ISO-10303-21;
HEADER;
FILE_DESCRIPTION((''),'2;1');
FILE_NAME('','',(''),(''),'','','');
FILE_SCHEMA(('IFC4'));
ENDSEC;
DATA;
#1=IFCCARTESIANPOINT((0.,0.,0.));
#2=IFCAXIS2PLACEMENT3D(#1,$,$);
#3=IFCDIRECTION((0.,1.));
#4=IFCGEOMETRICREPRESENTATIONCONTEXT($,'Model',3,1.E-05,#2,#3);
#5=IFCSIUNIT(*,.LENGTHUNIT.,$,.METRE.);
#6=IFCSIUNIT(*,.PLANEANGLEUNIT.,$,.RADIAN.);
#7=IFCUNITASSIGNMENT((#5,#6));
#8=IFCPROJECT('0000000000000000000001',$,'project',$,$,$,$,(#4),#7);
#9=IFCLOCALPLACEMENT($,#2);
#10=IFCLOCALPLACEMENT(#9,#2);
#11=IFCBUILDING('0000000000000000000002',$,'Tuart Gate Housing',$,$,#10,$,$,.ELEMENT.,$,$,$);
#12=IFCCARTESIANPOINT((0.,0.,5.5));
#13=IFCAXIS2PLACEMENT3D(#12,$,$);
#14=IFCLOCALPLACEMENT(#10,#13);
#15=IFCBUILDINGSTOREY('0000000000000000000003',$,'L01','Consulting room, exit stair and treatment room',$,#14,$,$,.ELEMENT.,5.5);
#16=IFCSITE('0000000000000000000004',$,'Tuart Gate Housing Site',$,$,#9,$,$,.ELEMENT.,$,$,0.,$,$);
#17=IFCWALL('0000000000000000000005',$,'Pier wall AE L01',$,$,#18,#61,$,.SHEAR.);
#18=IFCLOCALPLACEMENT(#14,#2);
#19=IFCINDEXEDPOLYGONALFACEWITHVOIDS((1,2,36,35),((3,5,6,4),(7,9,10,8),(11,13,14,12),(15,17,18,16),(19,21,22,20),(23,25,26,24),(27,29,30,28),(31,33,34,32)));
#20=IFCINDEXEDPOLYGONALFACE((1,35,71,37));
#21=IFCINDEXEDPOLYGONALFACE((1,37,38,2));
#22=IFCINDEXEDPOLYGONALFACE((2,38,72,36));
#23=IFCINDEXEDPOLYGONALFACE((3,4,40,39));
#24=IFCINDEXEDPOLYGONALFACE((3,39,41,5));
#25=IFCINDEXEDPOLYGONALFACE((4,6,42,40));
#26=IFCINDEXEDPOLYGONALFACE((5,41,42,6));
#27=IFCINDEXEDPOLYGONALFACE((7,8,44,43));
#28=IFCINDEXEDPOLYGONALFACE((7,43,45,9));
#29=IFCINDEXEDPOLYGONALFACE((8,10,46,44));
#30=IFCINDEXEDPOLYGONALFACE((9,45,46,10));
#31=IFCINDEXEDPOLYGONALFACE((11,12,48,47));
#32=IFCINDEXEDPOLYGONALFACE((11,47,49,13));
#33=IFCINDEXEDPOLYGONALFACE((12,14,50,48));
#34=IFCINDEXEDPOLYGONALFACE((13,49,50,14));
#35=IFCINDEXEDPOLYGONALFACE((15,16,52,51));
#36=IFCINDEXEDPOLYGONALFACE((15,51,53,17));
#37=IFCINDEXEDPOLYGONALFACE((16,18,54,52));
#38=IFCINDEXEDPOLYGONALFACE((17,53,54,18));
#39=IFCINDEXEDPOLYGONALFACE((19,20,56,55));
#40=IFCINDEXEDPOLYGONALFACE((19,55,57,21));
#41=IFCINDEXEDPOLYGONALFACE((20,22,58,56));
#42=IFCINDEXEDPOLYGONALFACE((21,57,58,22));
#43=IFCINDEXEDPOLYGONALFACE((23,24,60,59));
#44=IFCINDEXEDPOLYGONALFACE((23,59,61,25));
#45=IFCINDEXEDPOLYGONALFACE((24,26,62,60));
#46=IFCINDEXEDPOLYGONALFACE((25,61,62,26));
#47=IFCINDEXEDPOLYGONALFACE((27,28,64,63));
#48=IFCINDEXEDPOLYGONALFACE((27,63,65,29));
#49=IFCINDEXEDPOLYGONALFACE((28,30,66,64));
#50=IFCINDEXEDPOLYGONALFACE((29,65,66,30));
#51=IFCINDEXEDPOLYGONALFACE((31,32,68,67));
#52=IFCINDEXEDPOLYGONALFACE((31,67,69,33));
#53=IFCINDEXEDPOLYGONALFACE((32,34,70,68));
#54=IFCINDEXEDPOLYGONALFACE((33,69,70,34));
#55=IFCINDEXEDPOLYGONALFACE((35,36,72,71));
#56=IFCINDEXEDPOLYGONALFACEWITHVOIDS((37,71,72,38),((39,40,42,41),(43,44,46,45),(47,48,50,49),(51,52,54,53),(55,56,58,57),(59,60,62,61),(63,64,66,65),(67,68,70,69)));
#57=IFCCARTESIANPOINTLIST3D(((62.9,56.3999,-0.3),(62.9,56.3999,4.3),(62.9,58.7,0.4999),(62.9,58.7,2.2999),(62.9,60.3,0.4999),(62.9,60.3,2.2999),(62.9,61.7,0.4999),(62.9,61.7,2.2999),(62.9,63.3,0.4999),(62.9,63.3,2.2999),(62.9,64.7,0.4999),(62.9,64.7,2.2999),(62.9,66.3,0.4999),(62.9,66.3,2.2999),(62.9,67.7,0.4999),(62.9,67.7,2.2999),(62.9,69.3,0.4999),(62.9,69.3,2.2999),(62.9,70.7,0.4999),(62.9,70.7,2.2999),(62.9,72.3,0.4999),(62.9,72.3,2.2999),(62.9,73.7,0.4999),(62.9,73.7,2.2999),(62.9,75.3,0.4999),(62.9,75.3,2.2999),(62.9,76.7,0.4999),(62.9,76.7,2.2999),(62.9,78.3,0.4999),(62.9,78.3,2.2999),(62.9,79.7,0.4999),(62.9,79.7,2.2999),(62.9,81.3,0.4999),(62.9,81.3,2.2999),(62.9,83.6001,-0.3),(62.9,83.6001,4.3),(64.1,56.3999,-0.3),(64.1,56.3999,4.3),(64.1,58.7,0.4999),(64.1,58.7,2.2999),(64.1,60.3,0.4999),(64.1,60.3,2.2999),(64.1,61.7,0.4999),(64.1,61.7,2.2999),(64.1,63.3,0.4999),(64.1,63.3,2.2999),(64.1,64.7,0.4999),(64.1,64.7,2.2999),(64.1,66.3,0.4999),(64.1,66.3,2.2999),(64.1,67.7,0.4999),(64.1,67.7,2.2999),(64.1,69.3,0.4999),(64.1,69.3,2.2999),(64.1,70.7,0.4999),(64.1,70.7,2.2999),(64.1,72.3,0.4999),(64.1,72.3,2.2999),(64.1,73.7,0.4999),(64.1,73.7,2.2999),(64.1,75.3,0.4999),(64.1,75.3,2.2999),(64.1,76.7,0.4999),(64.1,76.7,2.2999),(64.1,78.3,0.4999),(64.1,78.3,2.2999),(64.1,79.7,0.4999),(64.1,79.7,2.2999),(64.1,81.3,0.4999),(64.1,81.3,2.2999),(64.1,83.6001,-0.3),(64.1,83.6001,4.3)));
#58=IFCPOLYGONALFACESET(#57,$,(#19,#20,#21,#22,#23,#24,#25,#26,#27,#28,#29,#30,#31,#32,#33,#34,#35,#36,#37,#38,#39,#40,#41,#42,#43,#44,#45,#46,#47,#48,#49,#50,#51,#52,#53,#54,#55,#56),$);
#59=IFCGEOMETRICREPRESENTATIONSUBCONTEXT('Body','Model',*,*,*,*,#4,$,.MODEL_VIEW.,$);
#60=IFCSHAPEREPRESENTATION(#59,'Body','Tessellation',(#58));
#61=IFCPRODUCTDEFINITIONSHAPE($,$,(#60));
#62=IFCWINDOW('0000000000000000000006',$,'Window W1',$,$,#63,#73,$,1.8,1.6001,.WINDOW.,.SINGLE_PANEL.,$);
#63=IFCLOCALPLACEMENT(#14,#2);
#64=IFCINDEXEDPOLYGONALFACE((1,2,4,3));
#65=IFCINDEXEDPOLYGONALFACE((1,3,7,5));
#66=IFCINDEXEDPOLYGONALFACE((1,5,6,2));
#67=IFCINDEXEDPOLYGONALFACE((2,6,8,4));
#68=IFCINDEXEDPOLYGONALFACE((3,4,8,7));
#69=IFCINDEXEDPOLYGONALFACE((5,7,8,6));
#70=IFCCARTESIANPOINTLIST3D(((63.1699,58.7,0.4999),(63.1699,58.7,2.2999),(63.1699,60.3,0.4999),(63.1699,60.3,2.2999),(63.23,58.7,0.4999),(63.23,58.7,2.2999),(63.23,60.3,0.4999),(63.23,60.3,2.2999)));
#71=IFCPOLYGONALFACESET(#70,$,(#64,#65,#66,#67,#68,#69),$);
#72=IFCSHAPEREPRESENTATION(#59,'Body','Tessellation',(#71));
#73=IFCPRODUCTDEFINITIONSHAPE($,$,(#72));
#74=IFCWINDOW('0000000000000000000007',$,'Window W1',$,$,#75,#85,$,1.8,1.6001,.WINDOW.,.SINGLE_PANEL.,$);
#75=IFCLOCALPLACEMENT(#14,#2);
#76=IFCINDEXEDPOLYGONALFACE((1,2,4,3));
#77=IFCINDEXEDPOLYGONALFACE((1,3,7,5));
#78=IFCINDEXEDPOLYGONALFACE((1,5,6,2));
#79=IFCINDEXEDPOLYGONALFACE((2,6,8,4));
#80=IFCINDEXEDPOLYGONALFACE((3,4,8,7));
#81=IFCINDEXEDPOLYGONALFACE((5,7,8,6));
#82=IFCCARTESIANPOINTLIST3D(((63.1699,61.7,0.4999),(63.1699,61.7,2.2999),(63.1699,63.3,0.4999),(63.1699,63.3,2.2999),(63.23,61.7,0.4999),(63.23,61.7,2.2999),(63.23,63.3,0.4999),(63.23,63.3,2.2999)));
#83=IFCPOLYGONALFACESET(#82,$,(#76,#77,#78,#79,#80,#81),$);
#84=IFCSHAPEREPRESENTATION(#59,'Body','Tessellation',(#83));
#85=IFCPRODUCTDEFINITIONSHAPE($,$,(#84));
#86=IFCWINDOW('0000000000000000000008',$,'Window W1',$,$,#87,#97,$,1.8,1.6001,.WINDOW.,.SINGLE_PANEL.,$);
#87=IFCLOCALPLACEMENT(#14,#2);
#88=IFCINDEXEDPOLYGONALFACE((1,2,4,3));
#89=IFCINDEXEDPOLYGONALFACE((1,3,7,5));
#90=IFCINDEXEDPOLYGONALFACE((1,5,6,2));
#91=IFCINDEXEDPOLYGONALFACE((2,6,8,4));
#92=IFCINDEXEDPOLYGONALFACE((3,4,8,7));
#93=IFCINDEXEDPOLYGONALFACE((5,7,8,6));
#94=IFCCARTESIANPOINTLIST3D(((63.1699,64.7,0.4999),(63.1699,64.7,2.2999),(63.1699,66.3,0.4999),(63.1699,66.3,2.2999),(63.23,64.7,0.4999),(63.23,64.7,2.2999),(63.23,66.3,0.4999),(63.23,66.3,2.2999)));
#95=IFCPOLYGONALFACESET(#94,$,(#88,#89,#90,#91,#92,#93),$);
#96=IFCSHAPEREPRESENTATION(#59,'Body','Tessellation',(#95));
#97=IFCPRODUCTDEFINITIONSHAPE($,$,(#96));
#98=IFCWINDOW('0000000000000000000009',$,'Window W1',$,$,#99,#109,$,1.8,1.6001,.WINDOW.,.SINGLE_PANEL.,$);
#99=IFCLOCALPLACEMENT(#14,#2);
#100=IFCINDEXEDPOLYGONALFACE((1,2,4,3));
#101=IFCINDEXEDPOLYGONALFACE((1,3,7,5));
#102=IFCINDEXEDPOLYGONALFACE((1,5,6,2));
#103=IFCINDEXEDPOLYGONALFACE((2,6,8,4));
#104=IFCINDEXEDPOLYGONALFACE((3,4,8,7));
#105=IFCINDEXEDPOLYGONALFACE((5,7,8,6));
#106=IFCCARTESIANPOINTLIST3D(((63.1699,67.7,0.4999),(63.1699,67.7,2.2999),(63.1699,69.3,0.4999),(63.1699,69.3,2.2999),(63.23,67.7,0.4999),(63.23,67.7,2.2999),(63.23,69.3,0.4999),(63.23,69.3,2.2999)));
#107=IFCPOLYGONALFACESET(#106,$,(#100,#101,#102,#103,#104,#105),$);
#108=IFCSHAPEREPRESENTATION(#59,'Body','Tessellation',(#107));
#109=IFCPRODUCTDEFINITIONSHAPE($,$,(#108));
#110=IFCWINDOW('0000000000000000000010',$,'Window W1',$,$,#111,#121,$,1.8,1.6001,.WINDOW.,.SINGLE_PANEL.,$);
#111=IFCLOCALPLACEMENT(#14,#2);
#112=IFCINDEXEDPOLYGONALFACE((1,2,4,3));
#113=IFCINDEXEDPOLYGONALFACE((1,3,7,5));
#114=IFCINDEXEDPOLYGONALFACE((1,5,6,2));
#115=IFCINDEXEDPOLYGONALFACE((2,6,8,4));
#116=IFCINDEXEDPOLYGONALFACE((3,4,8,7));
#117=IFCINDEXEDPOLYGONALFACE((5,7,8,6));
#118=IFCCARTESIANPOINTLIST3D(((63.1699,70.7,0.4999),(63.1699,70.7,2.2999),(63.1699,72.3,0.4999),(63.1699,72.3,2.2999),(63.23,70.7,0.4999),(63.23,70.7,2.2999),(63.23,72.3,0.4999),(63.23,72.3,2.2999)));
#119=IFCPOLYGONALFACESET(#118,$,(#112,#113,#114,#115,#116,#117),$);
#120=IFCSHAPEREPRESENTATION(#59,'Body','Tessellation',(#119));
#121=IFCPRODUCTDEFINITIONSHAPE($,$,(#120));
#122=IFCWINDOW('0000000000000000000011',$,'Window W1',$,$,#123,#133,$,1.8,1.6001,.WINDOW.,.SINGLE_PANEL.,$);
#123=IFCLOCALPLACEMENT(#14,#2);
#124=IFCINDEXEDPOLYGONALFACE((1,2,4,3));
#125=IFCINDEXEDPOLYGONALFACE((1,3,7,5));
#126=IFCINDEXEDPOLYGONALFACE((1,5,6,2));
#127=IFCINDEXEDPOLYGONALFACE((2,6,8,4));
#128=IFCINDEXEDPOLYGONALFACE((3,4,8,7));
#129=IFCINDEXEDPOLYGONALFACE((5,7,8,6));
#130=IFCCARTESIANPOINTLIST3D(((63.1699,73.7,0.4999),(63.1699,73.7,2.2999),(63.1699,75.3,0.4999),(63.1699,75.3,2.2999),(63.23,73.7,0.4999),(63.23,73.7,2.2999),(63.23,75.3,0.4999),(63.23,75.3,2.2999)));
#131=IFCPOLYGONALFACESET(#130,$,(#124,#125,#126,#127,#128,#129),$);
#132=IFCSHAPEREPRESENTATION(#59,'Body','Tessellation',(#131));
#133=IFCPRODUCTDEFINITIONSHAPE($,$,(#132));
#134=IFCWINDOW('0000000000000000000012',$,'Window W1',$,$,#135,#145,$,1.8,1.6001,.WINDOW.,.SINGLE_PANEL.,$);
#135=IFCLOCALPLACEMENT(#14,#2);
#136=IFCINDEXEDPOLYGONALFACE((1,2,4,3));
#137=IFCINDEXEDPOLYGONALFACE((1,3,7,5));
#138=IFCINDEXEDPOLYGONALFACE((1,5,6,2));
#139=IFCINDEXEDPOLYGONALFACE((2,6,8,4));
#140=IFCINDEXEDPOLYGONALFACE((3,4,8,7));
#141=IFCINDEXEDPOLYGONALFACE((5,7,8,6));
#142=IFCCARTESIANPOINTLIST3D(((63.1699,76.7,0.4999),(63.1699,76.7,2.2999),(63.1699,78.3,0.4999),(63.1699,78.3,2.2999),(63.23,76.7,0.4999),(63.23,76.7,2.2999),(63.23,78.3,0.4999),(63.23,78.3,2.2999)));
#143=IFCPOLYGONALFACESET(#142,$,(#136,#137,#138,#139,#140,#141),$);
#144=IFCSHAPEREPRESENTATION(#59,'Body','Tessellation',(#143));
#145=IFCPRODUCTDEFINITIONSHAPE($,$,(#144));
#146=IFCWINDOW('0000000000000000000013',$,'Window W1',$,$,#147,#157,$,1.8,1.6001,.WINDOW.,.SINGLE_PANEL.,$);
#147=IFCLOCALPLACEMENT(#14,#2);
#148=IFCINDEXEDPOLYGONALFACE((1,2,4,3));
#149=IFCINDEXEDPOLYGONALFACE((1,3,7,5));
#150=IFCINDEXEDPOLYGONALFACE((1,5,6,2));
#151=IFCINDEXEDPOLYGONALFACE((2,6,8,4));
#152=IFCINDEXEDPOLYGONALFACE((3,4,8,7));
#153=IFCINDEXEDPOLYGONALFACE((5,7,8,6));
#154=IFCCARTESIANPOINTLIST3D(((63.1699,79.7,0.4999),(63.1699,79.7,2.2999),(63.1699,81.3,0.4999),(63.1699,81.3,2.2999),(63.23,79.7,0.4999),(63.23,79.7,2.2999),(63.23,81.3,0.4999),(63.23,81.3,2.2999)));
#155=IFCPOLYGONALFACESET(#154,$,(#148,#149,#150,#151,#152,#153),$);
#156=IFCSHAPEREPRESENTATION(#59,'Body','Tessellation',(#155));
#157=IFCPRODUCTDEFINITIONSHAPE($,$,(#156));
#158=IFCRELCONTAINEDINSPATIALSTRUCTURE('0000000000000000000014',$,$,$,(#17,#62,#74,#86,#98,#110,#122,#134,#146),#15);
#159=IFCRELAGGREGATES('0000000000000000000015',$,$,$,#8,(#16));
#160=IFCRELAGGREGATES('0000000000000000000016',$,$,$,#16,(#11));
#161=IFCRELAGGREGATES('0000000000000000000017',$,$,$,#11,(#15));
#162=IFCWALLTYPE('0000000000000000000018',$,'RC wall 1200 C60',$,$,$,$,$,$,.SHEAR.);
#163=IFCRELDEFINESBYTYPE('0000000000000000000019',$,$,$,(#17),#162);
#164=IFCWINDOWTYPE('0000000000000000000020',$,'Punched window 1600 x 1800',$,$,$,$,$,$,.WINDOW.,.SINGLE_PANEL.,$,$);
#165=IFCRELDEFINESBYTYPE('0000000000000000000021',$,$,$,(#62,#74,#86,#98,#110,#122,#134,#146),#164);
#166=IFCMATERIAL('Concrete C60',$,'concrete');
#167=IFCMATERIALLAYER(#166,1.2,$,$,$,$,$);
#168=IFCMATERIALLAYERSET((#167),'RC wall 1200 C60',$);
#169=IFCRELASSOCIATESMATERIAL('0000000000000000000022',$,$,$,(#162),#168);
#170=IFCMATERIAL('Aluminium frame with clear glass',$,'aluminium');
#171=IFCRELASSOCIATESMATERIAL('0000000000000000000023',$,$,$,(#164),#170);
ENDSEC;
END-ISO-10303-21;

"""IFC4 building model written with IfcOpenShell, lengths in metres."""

from ifc_helpers import new_model, si_unit, direction, frame, frame_2d, origin, place, context, subcontext, project, spatial, rectangle, extrude, material, layer, layer_set, type_object, element, fill, save


model = new_model("IFC4")

# Units and contexts
model_context = context("Model", 3, precision=1e-05, world=origin(), true_north=direction((0.0, 1.0)))
body_context = subcontext(model_context, "Body", "Model", "MODEL_VIEW")
ifc_project = project(units=[si_unit("LENGTHUNIT", "METRE"), si_unit("PLANEANGLEUNIT", "RADIAN")], contexts=[model_context])

# Site, building, storey
site_placement = place(None, origin())
site = spatial("IfcSite", under=ifc_project, at=site_placement, Name="Tuart Gate Housing Site", CompositionType="ELEMENT", RefElevation=0.0)
building_placement = place(site_placement, origin())
building = spatial("IfcBuilding", under=site, at=building_placement, Name="Tuart Gate Housing", CompositionType="ELEMENT")
storey_placement = place(building_placement, frame((0.0, 0.0, 5.5)))
storey = spatial("IfcBuildingStorey", under=building, at=storey_placement, Name="L01", Description="Consulting room, exit stair and treatment room", CompositionType="ELEMENT", Elevation=5.5)

# Wall, openings, windows
ifc_material_1 = material(Name="Concrete C60", Category="concrete")
ifc_layer_1 = layer(ifc_material_1, 1.2)
ifc_layer_set_1 = layer_set([ifc_layer_1], Name="RC wall 1200 C60")
wall_type = type_object("IfcWallType", Name="RC wall 1200 C60", PredefinedType="SHEAR", material=ifc_layer_set_1)
ifc_material_2 = material(Name="Aluminium frame with clear glass", Category="aluminium")
window_type = type_object("IfcWindowType", Name="Punched window 1600 x 1800", PartitioningType="SINGLE_PANEL", PredefinedType="WINDOW", material=ifc_material_2)
wall_1_placement = place(storey_placement, frame((63.5, 56.3999, -0.3), z_axis=(0.0, 0.0, 1.0), x_axis=(0.0, 1.0, 0.0)))
wall_1 = element("IfcWall", 1, at=wall_1_placement, inside=storey, type_object=wall_type, Name="Pier wall AE L01", PredefinedType="SHEAR", context=body_context, shape_type="SweptSolid", body=[
    extrude(rectangle(XDim=27.2002, YDim=1.2, at=frame_2d((13.6001, 0.0))), origin(), (0.0, 0.0, 1.0), 4.6001),
])
opening_1_placement = place(wall_1_placement, frame((2.3, 0.0, 0.8)))
opening_1 = element("IfcOpeningElement", 2, at=opening_1_placement, cuts=wall_1, PredefinedType="OPENING", context=body_context, shape_type="SweptSolid", body=[
    extrude(rectangle(XDim=1.6001, YDim=1.8, at=frame_2d((0.8, 0.8999))), frame((0.0, 0.6099, 0.0), z_axis=(0.0, -1.0, 0.0), x_axis=(1.0, 0.0, 0.0)), (0.0, 0.0, 1.0), 1.22),
])
opening_2_placement = place(wall_1_placement, frame((5.3, 0.0, 0.8)))
opening_2 = element("IfcOpeningElement", 3, at=opening_2_placement, cuts=wall_1, PredefinedType="OPENING", context=body_context, shape_type="SweptSolid", body=[
    extrude(rectangle(XDim=1.6001, YDim=1.8, at=frame_2d((0.8, 0.8999))), frame((0.0, 0.6099, 0.0), z_axis=(0.0, -1.0, 0.0), x_axis=(1.0, 0.0, 0.0)), (0.0, 0.0, 1.0), 1.22),
])
opening_3_placement = place(wall_1_placement, frame((8.3, 0.0, 0.8)))
opening_3 = element("IfcOpeningElement", 4, at=opening_3_placement, cuts=wall_1, PredefinedType="OPENING", context=body_context, shape_type="SweptSolid", body=[
    extrude(rectangle(XDim=1.6001, YDim=1.8, at=frame_2d((0.8, 0.8999))), frame((0.0, 0.6099, 0.0), z_axis=(0.0, -1.0, 0.0), x_axis=(1.0, 0.0, 0.0)), (0.0, 0.0, 1.0), 1.22),
])
opening_4_placement = place(wall_1_placement, frame((11.3, 0.0, 0.8)))
opening_4 = element("IfcOpeningElement", 5, at=opening_4_placement, cuts=wall_1, PredefinedType="OPENING", context=body_context, shape_type="SweptSolid", body=[
    extrude(rectangle(XDim=1.6001, YDim=1.8, at=frame_2d((0.8, 0.8999))), frame((0.0, 0.6099, 0.0), z_axis=(0.0, -1.0, 0.0), x_axis=(1.0, 0.0, 0.0)), (0.0, 0.0, 1.0), 1.22),
])
opening_5_placement = place(wall_1_placement, frame((14.3, 0.0, 0.8)))
opening_5 = element("IfcOpeningElement", 6, at=opening_5_placement, cuts=wall_1, PredefinedType="OPENING", context=body_context, shape_type="SweptSolid", body=[
    extrude(rectangle(XDim=1.6001, YDim=1.8, at=frame_2d((0.8, 0.8999))), frame((0.0, 0.6099, 0.0), z_axis=(0.0, -1.0, 0.0), x_axis=(1.0, 0.0, 0.0)), (0.0, 0.0, 1.0), 1.22),
])
opening_6_placement = place(wall_1_placement, frame((17.3, 0.0, 0.8)))
opening_6 = element("IfcOpeningElement", 7, at=opening_6_placement, cuts=wall_1, PredefinedType="OPENING", context=body_context, shape_type="SweptSolid", body=[
    extrude(rectangle(XDim=1.6001, YDim=1.8, at=frame_2d((0.8, 0.8999))), frame((0.0, 0.6099, 0.0), z_axis=(0.0, -1.0, 0.0), x_axis=(1.0, 0.0, 0.0)), (0.0, 0.0, 1.0), 1.22),
])
opening_7_placement = place(wall_1_placement, frame((20.3, 0.0, 0.8)))
opening_7 = element("IfcOpeningElement", 8, at=opening_7_placement, cuts=wall_1, PredefinedType="OPENING", context=body_context, shape_type="SweptSolid", body=[
    extrude(rectangle(XDim=1.6001, YDim=1.8, at=frame_2d((0.8, 0.8999))), frame((0.0, 0.6099, 0.0), z_axis=(0.0, -1.0, 0.0), x_axis=(1.0, 0.0, 0.0)), (0.0, 0.0, 1.0), 1.22),
])
opening_8_placement = place(wall_1_placement, frame((23.3, 0.0, 0.8)))
opening_8 = element("IfcOpeningElement", 9, at=opening_8_placement, cuts=wall_1, PredefinedType="OPENING", context=body_context, shape_type="SweptSolid", body=[
    extrude(rectangle(XDim=1.6001, YDim=1.8, at=frame_2d((0.8, 0.8999))), frame((0.0, 0.6099, 0.0), z_axis=(0.0, -1.0, 0.0), x_axis=(1.0, 0.0, 0.0)), (0.0, 0.0, 1.0), 1.22),
])
window_1_placement = place(opening_1_placement, origin())
window_1 = element("IfcWindow", 10, at=window_1_placement, inside=storey, type_object=window_type, Name="Window W1", OverallHeight=1.8, OverallWidth=1.6001, PartitioningType="SINGLE_PANEL", PredefinedType="WINDOW", context=body_context, shape_type="SweptSolid", body=[
    extrude(rectangle(XDim=1.6001, YDim=1.8, at=frame_2d((0.8, 0.8999))), frame((0.0, 0.3301, 0.0), z_axis=(0.0, -1.0, 0.0), x_axis=(1.0, 0.0, 0.0)), (0.0, 0.0, 1.0), 0.0601),
])
fill(opening_1, window_1)
window_2_placement = place(opening_2_placement, origin())
window_2 = element("IfcWindow", 11, at=window_2_placement, inside=storey, type_object=window_type, Name="Window W1", OverallHeight=1.8, OverallWidth=1.6001, PartitioningType="SINGLE_PANEL", PredefinedType="WINDOW", context=body_context, shape_type="SweptSolid", body=[
    extrude(rectangle(XDim=1.6001, YDim=1.8, at=frame_2d((0.8, 0.8999))), frame((0.0, 0.3301, 0.0), z_axis=(0.0, -1.0, 0.0), x_axis=(1.0, 0.0, 0.0)), (0.0, 0.0, 1.0), 0.0601),
])
fill(opening_2, window_2)
window_3_placement = place(opening_3_placement, origin())
window_3 = element("IfcWindow", 12, at=window_3_placement, inside=storey, type_object=window_type, Name="Window W1", OverallHeight=1.8, OverallWidth=1.6001, PartitioningType="SINGLE_PANEL", PredefinedType="WINDOW", context=body_context, shape_type="SweptSolid", body=[
    extrude(rectangle(XDim=1.6001, YDim=1.8, at=frame_2d((0.8, 0.8999))), frame((0.0, 0.3301, 0.0), z_axis=(0.0, -1.0, 0.0), x_axis=(1.0, 0.0, 0.0)), (0.0, 0.0, 1.0), 0.0601),
])
fill(opening_3, window_3)
window_4_placement = place(opening_4_placement, origin())
window_4 = element("IfcWindow", 13, at=window_4_placement, inside=storey, type_object=window_type, Name="Window W1", OverallHeight=1.8, OverallWidth=1.6001, PartitioningType="SINGLE_PANEL", PredefinedType="WINDOW", context=body_context, shape_type="SweptSolid", body=[
    extrude(rectangle(XDim=1.6001, YDim=1.8, at=frame_2d((0.8, 0.8999))), frame((0.0, 0.3301, 0.0), z_axis=(0.0, -1.0, 0.0), x_axis=(1.0, 0.0, 0.0)), (0.0, 0.0, 1.0), 0.0601),
])
fill(opening_4, window_4)
window_5_placement = place(opening_5_placement, origin())
window_5 = element("IfcWindow", 14, at=window_5_placement, inside=storey, type_object=window_type, Name="Window W1", OverallHeight=1.8, OverallWidth=1.6001, PartitioningType="SINGLE_PANEL", PredefinedType="WINDOW", context=body_context, shape_type="SweptSolid", body=[
    extrude(rectangle(XDim=1.6001, YDim=1.8, at=frame_2d((0.8, 0.8999))), frame((0.0, 0.3301, 0.0), z_axis=(0.0, -1.0, 0.0), x_axis=(1.0, 0.0, 0.0)), (0.0, 0.0, 1.0), 0.0601),
])
fill(opening_5, window_5)
window_6_placement = place(opening_6_placement, origin())
window_6 = element("IfcWindow", 15, at=window_6_placement, inside=storey, type_object=window_type, Name="Window W1", OverallHeight=1.8, OverallWidth=1.6001, PartitioningType="SINGLE_PANEL", PredefinedType="WINDOW", context=body_context, shape_type="SweptSolid", body=[
    extrude(rectangle(XDim=1.6001, YDim=1.8, at=frame_2d((0.8, 0.8999))), frame((0.0, 0.3301, 0.0), z_axis=(0.0, -1.0, 0.0), x_axis=(1.0, 0.0, 0.0)), (0.0, 0.0, 1.0), 0.0601),
])
fill(opening_6, window_6)
window_7_placement = place(opening_7_placement, origin())
window_7 = element("IfcWindow", 16, at=window_7_placement, inside=storey, type_object=window_type, Name="Window W1", OverallHeight=1.8, OverallWidth=1.6001, PartitioningType="SINGLE_PANEL", PredefinedType="WINDOW", context=body_context, shape_type="SweptSolid", body=[
    extrude(rectangle(XDim=1.6001, YDim=1.8, at=frame_2d((0.8, 0.8999))), frame((0.0, 0.3301, 0.0), z_axis=(0.0, -1.0, 0.0), x_axis=(1.0, 0.0, 0.0)), (0.0, 0.0, 1.0), 0.0601),
])
fill(opening_7, window_7)
window_8_placement = place(opening_8_placement, origin())
window_8 = element("IfcWindow", 17, at=window_8_placement, inside=storey, type_object=window_type, Name="Window W1", OverallHeight=1.8, OverallWidth=1.6001, PartitioningType="SINGLE_PANEL", PredefinedType="WINDOW", context=body_context, shape_type="SweptSolid", body=[
    extrude(rectangle(XDim=1.6001, YDim=1.8, at=frame_2d((0.8, 0.8999))), frame((0.0, 0.3301, 0.0), z_axis=(0.0, -1.0, 0.0), x_axis=(1.0, 0.0, 0.0)), (0.0, 0.0, 1.0), 0.0601),
])
fill(opening_8, window_8)

save(model, "model.ifc")
